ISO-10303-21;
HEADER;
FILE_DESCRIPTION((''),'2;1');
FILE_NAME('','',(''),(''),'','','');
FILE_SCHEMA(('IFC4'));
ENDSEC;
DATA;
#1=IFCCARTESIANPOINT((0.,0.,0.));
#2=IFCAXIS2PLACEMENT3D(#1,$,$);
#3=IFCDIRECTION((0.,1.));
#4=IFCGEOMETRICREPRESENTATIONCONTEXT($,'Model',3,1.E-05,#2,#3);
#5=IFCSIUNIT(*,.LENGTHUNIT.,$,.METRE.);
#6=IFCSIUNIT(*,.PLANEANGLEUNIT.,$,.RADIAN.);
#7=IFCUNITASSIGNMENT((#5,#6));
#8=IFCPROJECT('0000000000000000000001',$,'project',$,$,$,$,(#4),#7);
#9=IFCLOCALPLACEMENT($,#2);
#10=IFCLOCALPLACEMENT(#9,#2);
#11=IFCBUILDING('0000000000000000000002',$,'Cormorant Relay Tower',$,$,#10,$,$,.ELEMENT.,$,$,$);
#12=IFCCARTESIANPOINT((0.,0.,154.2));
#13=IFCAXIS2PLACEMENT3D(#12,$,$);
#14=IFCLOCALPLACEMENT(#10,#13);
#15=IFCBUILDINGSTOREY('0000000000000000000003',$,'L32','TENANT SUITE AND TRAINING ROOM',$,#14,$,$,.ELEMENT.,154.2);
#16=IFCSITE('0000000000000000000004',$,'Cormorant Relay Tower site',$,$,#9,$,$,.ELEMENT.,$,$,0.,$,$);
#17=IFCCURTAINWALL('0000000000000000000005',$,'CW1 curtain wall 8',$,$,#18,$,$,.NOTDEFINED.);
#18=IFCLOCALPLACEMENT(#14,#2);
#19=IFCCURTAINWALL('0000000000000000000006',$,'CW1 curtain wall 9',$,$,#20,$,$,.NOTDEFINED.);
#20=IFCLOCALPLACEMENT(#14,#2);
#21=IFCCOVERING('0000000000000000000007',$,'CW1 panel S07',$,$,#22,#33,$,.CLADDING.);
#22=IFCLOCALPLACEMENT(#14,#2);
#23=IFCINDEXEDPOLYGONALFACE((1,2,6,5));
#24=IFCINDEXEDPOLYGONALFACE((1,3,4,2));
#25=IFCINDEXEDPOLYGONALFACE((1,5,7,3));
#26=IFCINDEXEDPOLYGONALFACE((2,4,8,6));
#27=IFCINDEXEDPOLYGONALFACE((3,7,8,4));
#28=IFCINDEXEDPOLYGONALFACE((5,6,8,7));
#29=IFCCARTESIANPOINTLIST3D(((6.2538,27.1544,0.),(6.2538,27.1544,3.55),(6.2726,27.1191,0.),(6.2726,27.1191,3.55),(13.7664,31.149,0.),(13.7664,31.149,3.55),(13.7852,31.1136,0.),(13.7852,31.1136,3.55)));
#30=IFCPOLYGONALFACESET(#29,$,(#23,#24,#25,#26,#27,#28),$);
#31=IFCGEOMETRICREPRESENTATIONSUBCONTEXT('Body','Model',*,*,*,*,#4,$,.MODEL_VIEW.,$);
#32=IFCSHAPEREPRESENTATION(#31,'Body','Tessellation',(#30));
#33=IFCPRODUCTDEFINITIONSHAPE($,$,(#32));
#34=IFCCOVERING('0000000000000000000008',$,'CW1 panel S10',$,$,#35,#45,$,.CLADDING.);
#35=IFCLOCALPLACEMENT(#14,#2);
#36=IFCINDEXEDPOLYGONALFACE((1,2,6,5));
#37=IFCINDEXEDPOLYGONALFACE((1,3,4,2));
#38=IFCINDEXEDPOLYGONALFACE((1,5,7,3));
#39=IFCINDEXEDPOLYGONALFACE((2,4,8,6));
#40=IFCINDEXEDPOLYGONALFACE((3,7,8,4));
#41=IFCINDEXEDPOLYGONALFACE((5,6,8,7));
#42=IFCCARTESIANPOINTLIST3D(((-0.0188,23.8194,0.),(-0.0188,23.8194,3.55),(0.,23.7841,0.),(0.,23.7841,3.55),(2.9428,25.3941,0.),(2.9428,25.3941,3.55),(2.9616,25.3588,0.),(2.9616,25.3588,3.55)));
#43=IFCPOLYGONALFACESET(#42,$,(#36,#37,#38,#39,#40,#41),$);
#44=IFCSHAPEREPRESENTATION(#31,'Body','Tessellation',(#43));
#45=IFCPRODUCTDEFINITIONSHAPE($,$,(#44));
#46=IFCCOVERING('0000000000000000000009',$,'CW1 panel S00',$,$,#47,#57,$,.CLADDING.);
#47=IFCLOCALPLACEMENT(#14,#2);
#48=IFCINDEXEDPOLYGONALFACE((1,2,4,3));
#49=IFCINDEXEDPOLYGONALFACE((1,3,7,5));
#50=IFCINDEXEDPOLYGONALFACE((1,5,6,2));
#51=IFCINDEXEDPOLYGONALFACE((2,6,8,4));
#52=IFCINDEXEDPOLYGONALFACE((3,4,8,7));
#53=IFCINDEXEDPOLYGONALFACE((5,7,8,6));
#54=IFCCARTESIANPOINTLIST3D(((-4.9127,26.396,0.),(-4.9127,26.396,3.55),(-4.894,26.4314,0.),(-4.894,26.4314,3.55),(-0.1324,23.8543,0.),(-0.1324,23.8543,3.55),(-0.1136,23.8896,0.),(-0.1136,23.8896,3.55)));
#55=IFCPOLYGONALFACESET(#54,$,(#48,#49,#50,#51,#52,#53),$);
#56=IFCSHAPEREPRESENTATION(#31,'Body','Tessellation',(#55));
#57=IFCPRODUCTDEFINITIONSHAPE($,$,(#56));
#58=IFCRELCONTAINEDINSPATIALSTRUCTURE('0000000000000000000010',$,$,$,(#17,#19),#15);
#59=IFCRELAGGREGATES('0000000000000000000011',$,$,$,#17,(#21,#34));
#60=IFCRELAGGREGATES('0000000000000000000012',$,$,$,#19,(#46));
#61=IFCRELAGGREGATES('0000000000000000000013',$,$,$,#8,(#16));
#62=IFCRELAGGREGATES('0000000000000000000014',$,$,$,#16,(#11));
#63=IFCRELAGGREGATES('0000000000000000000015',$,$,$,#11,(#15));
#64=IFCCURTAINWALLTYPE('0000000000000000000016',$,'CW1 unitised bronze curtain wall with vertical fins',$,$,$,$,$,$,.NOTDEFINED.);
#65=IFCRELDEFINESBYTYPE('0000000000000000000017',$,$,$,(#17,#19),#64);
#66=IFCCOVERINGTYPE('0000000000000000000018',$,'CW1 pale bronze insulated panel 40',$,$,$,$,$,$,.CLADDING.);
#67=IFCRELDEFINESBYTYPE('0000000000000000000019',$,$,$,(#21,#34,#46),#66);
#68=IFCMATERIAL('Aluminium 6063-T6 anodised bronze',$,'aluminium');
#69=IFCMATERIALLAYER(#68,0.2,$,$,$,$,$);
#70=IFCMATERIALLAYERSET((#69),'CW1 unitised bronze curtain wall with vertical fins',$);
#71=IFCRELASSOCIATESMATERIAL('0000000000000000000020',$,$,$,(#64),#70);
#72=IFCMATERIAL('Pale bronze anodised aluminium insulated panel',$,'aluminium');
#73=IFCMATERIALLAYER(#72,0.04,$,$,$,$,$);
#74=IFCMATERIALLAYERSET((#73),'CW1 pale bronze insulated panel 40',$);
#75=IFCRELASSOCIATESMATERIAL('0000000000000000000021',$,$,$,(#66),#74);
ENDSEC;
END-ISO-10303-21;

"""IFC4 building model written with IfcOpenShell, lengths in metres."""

from ifc_helpers import new_model, si_unit, direction, frame, origin, origin_2d, place, context, subcontext, project, spatial, rectangle, extrude, material, layer, layer_set, type_object, element, aggregate, save


model = new_model("IFC4")

# Units and contexts
model_context = context("Model", 3, precision=1e-05, world=origin(), true_north=direction((0.0, 1.0)))
body_context = subcontext(model_context, "Body", "Model", "MODEL_VIEW")
ifc_project = project(units=[si_unit("LENGTHUNIT", "METRE"), si_unit("PLANEANGLEUNIT", "RADIAN")], contexts=[model_context])

# Site, building, storey
site_placement = place(None, origin())
site = spatial("IfcSite", under=ifc_project, at=site_placement, Name="Cormorant Relay Tower site", CompositionType="ELEMENT", RefElevation=0.0)
building_placement = place(site_placement, origin())
building = spatial("IfcBuilding", under=site, at=building_placement, Name="Cormorant Relay Tower", CompositionType="ELEMENT")
storey_placement = place(building_placement, frame((0.0, 0.0, 154.2)))
storey = spatial("IfcBuildingStorey", under=building, at=storey_placement, Name="L32", Description="TENANT SUITE AND TRAINING ROOM", CompositionType="ELEMENT", Elevation=154.2)

# Curtain walls
ifc_material_1 = material(Name="Aluminium 6063-T6 anodised bronze", Category="aluminium")
ifc_layer_1 = layer(ifc_material_1, 0.2)
ifc_layer_set_1 = layer_set([ifc_layer_1], Name="CW1 unitised bronze curtain wall with vertical fins")
curtain_wall_type = type_object("IfcCurtainWallType", Name="CW1 unitised bronze curtain wall with vertical fins", PredefinedType="NOTDEFINED", material=ifc_layer_set_1)
curtain_wall_1_placement = place(storey_placement, origin())
curtain_wall_1 = element("IfcCurtainWall", 1, at=curtain_wall_1_placement, inside=storey, type_object=curtain_wall_type, Name="CW1 curtain wall 8", PredefinedType="NOTDEFINED")
curtain_wall_2_placement = place(storey_placement, origin())
curtain_wall_2 = element("IfcCurtainWall", 2, at=curtain_wall_2_placement, inside=storey, type_object=curtain_wall_type, Name="CW1 curtain wall 9", PredefinedType="NOTDEFINED")

# Coverings
ifc_material_2 = material(Name="Pale bronze anodised aluminium insulated panel", Category="aluminium")
ifc_layer_2 = layer(ifc_material_2, 0.04)
ifc_layer_set_2 = layer_set([ifc_layer_2], Name="CW1 pale bronze insulated panel 40")
covering_type = type_object("IfcCoveringType", Name="CW1 pale bronze insulated panel 40", PredefinedType="CLADDING", material=ifc_layer_set_2)
covering_1_placement = place(storey_placement, frame((10.0195, 29.134, 0.0), z_axis=(0.0, 0.0, 1.0), x_axis=(-0.882948, -0.469472, 0.0)))
covering_1 = element("IfcCovering", 3, at=covering_1_placement, type_object=covering_type, Name="CW1 panel S07", PredefinedType="CLADDING", context=body_context, shape_type="SweptSolid", body=[
    extrude(rectangle(XDim=8.5085, YDim=0.04, at=origin_2d()), origin(), (0.0, 0.0, 1.0), 3.55),
])
covering_2_placement = place(storey_placement, frame((1.4714, 24.5891, 0.0), z_axis=(0.0, 0.0, 1.0), x_axis=(-0.882948, -0.469472, 0.0)))
covering_2 = element("IfcCovering", 4, at=covering_2_placement, type_object=covering_type, Name="CW1 panel S10", PredefinedType="CLADDING", context=body_context, shape_type="SweptSolid", body=[
    extrude(rectangle(XDim=3.3542, YDim=0.04, at=origin_2d()), origin(), (0.0, 0.0, 1.0), 3.55),
])
aggregate(curtain_wall_1, [covering_1, covering_2])
covering_3_placement = place(storey_placement, frame((-2.5132, 25.1428, 0.0), z_axis=(0.0, 0.0, 1.0), x_axis=(-0.882948, 0.469472, 0.0)))
covering_3 = element("IfcCovering", 5, at=covering_3_placement, type_object=covering_type, Name="CW1 panel S00", PredefinedType="CLADDING", context=body_context, shape_type="SweptSolid", body=[
    extrude(rectangle(XDim=5.4141, YDim=0.04, at=origin_2d()), origin(), (0.0, 0.0, 1.0), 3.55),
])
aggregate(curtain_wall_2, [covering_3])

save(model, "model.ifc")
